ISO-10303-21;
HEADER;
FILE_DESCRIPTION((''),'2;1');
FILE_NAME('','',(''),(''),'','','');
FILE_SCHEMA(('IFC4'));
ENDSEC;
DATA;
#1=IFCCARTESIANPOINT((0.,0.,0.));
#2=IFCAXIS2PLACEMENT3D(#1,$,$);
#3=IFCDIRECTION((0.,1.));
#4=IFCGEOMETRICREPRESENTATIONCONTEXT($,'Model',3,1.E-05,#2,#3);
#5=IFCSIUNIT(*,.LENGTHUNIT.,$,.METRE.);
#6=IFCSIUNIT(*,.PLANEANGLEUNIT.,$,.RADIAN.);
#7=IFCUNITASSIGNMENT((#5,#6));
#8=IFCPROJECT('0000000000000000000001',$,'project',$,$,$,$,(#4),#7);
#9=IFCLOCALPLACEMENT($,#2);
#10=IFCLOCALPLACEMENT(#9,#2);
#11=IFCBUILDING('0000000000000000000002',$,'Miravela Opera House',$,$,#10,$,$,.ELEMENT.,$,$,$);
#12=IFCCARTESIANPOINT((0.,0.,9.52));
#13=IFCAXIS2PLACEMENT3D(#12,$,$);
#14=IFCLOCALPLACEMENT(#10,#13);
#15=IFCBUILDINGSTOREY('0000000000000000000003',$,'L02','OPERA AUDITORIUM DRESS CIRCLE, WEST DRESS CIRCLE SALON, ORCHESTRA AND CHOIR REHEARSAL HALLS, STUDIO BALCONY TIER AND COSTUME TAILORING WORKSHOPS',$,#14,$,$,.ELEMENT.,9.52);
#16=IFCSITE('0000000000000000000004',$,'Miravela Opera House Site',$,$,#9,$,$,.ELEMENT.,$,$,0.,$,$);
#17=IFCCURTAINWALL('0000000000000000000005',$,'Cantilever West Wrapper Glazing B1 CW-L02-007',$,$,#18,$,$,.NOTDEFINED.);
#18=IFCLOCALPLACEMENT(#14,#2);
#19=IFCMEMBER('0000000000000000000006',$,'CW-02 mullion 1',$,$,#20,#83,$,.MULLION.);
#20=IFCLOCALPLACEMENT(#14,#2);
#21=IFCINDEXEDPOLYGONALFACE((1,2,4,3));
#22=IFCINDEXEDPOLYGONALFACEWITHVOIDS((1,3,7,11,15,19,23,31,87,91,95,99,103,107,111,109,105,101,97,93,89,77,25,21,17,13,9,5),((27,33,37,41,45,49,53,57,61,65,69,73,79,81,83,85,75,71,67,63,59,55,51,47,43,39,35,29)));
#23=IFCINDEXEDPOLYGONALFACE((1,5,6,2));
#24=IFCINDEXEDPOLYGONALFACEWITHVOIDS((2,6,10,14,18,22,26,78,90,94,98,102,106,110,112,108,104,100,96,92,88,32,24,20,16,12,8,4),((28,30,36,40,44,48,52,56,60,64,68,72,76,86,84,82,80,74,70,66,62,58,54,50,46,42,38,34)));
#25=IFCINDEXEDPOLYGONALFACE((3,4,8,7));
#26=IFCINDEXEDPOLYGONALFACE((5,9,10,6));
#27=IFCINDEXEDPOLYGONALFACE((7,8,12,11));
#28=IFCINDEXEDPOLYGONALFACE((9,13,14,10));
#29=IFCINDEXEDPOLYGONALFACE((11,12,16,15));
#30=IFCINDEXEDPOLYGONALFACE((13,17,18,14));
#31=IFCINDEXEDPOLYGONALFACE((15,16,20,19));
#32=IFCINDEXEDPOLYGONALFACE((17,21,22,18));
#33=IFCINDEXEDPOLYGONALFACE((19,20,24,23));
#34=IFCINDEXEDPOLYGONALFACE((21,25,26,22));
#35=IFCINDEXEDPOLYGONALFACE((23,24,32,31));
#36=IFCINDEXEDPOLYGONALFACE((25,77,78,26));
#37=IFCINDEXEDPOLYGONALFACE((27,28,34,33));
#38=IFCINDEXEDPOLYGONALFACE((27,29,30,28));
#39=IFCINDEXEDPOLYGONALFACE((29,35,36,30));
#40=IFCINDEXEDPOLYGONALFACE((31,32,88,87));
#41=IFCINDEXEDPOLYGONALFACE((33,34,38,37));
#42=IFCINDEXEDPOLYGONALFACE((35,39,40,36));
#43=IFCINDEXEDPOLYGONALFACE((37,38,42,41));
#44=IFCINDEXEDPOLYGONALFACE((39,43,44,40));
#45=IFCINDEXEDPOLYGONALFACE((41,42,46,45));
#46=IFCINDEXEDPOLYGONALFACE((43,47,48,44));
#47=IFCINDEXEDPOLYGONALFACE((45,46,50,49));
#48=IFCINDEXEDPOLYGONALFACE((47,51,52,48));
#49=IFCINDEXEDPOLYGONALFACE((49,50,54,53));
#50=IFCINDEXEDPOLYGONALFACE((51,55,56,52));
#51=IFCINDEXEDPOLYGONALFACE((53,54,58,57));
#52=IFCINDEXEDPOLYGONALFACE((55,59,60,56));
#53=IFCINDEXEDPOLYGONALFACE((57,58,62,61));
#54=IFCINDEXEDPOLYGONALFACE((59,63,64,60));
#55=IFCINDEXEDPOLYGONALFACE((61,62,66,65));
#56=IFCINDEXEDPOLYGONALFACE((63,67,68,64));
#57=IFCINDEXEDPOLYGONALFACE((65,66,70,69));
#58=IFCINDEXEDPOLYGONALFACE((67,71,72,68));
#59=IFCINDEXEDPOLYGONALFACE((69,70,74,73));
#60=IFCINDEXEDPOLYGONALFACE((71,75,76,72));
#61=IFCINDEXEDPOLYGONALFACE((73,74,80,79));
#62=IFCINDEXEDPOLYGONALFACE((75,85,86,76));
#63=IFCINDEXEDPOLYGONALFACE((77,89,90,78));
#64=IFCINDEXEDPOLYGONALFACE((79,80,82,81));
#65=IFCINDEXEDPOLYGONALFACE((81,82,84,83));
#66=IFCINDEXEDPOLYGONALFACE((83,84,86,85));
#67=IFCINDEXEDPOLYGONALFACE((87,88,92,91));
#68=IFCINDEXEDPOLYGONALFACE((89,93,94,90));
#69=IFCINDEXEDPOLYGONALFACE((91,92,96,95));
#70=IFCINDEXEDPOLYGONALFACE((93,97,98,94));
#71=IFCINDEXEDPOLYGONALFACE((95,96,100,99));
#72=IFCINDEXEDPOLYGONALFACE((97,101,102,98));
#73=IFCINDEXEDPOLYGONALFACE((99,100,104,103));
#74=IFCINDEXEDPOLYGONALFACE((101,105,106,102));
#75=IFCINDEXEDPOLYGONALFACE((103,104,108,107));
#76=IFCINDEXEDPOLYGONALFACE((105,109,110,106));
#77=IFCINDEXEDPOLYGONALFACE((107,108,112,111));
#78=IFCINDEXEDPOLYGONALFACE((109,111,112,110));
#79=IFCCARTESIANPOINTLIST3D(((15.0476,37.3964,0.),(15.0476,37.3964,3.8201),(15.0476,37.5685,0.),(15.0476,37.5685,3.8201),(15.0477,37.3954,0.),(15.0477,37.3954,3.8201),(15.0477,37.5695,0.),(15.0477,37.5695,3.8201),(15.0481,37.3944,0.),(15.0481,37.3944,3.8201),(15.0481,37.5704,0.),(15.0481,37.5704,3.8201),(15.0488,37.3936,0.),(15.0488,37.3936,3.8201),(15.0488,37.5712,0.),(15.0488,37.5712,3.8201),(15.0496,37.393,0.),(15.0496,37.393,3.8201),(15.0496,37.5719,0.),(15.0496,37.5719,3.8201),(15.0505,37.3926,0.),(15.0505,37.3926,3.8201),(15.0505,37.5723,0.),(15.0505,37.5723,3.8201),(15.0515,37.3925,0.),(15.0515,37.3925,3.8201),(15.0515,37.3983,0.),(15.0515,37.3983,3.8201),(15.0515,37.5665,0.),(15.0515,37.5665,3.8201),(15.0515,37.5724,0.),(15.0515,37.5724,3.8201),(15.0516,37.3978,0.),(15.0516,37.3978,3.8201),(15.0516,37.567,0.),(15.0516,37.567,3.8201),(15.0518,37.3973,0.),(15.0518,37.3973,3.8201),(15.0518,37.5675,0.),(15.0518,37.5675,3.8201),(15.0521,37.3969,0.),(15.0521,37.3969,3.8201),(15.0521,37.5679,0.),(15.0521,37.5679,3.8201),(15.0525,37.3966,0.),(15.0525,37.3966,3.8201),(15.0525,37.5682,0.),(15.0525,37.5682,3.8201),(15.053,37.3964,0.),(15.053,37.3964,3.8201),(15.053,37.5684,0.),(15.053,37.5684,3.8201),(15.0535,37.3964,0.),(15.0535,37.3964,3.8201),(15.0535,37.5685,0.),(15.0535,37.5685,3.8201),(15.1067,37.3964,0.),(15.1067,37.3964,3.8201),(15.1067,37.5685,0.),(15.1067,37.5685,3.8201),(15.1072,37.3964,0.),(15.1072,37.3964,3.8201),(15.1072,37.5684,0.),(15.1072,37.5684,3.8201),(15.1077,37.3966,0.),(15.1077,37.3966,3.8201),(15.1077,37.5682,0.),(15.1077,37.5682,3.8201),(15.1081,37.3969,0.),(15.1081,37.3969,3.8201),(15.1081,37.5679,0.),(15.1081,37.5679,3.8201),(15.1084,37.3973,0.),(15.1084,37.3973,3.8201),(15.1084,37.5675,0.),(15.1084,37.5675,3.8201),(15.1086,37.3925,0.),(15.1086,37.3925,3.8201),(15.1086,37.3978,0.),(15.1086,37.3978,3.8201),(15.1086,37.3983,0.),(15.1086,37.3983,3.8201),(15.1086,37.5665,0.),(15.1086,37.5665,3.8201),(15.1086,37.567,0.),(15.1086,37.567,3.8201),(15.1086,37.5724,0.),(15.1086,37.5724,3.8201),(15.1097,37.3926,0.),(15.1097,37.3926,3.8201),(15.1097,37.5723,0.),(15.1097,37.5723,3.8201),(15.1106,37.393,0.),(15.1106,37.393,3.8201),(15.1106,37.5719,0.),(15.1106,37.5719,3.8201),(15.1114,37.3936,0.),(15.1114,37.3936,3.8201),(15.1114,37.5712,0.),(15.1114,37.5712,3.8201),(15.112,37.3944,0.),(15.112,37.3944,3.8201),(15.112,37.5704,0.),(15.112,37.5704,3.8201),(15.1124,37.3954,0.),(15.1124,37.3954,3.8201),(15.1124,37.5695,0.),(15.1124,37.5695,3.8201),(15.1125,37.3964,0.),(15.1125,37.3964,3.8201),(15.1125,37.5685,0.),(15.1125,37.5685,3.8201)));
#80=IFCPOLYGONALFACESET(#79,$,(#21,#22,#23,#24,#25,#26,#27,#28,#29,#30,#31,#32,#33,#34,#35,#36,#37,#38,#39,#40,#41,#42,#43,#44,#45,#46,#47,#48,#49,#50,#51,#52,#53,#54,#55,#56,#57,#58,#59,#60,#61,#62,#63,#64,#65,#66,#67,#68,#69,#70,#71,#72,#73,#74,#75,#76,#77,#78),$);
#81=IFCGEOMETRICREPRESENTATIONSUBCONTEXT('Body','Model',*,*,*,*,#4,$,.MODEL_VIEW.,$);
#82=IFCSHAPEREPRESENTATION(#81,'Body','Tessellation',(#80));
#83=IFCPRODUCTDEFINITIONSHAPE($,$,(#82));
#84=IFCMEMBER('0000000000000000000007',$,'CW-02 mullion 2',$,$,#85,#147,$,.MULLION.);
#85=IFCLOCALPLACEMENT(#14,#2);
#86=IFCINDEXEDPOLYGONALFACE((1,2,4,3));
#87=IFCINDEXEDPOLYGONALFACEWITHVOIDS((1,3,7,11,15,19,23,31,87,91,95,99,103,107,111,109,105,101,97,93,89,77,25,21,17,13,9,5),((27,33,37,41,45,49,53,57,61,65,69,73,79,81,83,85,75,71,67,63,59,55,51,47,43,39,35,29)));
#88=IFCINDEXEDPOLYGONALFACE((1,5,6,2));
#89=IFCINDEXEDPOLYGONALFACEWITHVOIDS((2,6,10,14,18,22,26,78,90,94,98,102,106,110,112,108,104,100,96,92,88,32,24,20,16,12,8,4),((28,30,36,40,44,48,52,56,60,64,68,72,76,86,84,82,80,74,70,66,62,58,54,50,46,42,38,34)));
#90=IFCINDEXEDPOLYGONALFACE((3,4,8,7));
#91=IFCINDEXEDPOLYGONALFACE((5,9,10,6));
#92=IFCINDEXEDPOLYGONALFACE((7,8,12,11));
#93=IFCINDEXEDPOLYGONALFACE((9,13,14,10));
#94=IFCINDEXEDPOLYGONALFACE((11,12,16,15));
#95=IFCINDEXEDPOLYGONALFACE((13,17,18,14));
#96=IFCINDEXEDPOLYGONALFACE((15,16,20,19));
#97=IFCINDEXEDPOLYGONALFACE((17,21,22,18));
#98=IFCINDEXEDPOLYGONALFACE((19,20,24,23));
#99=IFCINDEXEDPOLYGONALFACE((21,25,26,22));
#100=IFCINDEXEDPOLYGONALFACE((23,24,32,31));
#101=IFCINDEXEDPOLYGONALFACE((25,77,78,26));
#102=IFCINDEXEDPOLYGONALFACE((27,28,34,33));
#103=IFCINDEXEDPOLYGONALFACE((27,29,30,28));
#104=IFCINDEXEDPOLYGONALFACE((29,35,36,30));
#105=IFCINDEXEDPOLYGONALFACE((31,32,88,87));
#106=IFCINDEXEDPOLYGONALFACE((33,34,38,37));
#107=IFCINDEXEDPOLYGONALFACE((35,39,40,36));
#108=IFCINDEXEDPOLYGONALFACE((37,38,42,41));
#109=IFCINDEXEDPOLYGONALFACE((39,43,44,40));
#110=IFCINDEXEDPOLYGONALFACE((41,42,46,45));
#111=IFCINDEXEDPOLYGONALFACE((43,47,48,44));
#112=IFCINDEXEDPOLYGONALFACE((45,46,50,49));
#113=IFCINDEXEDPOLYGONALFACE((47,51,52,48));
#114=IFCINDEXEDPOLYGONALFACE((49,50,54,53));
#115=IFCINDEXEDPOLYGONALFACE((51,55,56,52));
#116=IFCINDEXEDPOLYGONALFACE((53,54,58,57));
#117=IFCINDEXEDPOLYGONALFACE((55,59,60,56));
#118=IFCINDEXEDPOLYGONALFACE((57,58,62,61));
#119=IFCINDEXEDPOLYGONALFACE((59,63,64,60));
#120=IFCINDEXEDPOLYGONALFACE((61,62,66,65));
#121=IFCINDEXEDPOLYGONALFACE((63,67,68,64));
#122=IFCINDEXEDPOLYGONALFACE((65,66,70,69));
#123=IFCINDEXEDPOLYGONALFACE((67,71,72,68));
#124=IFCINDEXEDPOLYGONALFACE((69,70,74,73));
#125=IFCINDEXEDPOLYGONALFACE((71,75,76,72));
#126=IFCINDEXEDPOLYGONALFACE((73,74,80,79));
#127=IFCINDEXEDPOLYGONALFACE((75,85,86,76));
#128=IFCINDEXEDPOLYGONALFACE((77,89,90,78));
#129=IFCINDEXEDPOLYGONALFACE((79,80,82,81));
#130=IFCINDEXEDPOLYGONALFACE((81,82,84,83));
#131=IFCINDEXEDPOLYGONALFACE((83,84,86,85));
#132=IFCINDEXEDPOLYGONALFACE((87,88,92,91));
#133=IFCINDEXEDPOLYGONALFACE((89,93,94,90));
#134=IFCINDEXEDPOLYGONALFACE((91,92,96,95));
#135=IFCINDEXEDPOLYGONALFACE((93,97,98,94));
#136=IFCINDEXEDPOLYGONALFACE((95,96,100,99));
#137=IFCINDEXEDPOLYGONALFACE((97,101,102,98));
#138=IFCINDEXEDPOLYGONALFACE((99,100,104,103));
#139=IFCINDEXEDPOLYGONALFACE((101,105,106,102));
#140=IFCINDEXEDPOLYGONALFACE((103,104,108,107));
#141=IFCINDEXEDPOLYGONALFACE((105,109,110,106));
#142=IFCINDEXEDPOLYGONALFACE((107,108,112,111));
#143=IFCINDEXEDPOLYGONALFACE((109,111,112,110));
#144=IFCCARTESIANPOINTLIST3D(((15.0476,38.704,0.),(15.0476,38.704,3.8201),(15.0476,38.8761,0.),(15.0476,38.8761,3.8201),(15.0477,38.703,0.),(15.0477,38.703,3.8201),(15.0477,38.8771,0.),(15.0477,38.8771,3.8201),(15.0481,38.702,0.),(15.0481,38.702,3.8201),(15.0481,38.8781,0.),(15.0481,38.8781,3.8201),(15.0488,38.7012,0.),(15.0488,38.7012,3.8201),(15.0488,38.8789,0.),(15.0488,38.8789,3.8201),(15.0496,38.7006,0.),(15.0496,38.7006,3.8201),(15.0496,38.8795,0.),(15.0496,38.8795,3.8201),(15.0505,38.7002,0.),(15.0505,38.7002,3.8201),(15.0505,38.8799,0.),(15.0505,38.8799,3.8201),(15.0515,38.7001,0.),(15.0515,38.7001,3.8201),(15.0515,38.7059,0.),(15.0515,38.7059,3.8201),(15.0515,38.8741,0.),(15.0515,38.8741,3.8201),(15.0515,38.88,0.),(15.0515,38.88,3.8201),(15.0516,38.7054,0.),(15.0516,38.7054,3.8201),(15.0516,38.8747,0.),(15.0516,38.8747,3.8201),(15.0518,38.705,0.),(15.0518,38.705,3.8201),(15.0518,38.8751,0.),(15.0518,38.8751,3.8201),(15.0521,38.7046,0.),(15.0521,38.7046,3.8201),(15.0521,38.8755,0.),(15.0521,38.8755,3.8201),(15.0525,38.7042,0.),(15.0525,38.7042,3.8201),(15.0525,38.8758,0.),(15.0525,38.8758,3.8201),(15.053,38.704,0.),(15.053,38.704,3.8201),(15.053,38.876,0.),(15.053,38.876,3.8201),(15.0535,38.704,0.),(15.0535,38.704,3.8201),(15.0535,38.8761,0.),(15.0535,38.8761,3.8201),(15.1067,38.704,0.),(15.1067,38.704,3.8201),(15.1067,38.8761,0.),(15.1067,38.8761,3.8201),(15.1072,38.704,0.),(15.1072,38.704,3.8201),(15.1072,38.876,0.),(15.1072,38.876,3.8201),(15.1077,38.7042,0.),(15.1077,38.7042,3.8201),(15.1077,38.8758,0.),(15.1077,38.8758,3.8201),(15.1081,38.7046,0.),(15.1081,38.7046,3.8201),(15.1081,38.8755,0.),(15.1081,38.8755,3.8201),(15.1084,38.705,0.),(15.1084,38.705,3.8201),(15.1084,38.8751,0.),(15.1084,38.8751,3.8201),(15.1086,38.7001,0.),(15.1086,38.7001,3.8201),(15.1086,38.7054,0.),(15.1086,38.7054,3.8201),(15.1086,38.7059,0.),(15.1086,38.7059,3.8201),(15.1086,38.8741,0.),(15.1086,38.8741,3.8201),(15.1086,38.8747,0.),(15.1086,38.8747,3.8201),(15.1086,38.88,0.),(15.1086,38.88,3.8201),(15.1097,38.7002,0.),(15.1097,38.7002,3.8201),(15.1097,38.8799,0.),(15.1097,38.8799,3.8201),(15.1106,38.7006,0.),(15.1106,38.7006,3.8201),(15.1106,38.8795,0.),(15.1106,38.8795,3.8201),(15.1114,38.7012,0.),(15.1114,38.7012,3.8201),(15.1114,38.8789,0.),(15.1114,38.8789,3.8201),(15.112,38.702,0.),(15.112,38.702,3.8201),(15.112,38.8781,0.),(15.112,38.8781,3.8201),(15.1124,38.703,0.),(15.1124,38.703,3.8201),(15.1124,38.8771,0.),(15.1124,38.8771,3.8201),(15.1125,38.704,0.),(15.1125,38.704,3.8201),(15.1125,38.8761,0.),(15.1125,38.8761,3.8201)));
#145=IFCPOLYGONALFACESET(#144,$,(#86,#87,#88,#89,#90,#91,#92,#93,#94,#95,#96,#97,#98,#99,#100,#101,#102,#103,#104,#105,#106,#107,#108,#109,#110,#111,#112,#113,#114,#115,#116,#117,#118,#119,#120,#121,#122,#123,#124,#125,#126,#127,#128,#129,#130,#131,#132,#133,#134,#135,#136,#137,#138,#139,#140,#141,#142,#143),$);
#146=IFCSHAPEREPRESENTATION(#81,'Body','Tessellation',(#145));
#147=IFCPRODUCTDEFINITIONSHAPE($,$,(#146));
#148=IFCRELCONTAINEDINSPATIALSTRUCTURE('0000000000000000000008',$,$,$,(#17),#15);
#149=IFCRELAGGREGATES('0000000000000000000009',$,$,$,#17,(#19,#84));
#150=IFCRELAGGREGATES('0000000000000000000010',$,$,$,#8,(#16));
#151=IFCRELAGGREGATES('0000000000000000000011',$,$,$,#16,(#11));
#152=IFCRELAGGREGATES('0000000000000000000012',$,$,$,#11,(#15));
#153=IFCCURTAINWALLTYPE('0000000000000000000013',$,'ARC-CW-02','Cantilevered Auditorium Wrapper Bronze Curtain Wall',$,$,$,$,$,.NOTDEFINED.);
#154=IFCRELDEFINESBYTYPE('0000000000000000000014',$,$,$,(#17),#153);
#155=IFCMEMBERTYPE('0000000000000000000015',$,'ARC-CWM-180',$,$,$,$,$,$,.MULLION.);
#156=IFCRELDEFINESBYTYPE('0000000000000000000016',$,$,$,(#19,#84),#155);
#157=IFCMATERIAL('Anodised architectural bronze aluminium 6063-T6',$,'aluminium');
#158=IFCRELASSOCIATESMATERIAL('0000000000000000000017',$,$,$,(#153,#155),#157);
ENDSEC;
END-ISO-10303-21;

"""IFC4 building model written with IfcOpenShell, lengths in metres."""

from ifc_helpers import new_model, si_unit, direction, frame, origin, origin_2d, place, context, subcontext, project, spatial, hollow_rectangle, extrude, material, material_profile, profile_set, type_object, element, aggregate, save


model = new_model("IFC4")

# Units and contexts
model_context = context("Model", 3, precision=1e-05, world=origin(), true_north=direction((0.0, 1.0)))
body_context = subcontext(model_context, "Body", "Model", "MODEL_VIEW")
ifc_project = project(units=[si_unit("LENGTHUNIT", "METRE"), si_unit("PLANEANGLEUNIT", "RADIAN")], contexts=[model_context])

# Site, building, storey
site_placement = place(None, origin())
site = spatial("IfcSite", under=ifc_project, at=site_placement, Name="Miravela Opera House Site", CompositionType="ELEMENT", RefElevation=0.0)
building_placement = place(site_placement, origin())
building = spatial("IfcBuilding", under=site, at=building_placement, Name="Miravela Opera House", CompositionType="ELEMENT")
storey_placement = place(building_placement, frame((0.0, 0.0, 9.52)))
storey = spatial("IfcBuildingStorey", under=building, at=storey_placement, Name="L02", Description="OPERA AUDITORIUM DRESS CIRCLE, WEST DRESS CIRCLE SALON, ORCHESTRA AND CHOIR REHEARSAL HALLS, STUDIO BALCONY TIER AND COSTUME TAILORING WORKSHOPS", CompositionType="ELEMENT", Elevation=9.52)

# Curtain wall, members
ifc_material_1 = material(Name="Anodised architectural bronze aluminium 6063-T6", Category="aluminium")
curtain_wall_type = type_object("IfcCurtainWallType", Name="ARC-CW-02", Description="Cantilevered Auditorium Wrapper Bronze Curtain Wall", PredefinedType="NOTDEFINED", material=ifc_material_1)
curtain_wall_placement = place(storey_placement, origin())
curtain_wall = element("IfcCurtainWall", 1, at=curtain_wall_placement, inside=storey, type_object=curtain_wall_type, Name="Cantilever West Wrapper Glazing B1 CW-L02-007", PredefinedType="NOTDEFINED")
ifc_material_profile_1 = material_profile(ifc_material_1, hollow_rectangle(XDim=0.0649, YDim=0.1799, WallThickness=0.0039, InnerFilletRadius=0.002, OuterFilletRadius=0.0039, at=origin_2d()), Name="CWM-65X180")
ifc_profile_set_1 = profile_set([ifc_material_profile_1])
member_type_1 = type_object("IfcMemberType", Name="ARC-CWM-180", PredefinedType="MULLION", material=ifc_profile_set_1)
member_1_placement = place(storey_placement, frame((15.0801, 37.4824, 0.0), z_axis=(0.0, 0.0, 1.0), x_axis=(-1.0, 0.0, 0.0)))
member_1 = element("IfcMember", 2, at=member_1_placement, type_object=member_type_1, Name="CW-02 mullion 1", PredefinedType="MULLION", context=body_context, shape_type="SweptSolid", body=[
    extrude(hollow_rectangle(XDim=0.0649, YDim=0.1799, WallThickness=0.0039, InnerFilletRadius=0.002, OuterFilletRadius=0.0039, at=origin_2d()), origin(), (0.0, 0.0, 1.0), 3.8201),
])
member_2_placement = place(storey_placement, frame((15.0801, 38.79, 0.0), z_axis=(0.0, 0.0, 1.0), x_axis=(-1.0, 0.0, 0.0)))
member_2 = element("IfcMember", 3, at=member_2_placement, type_object=member_type_1, Name="CW-02 mullion 2", PredefinedType="MULLION", context=body_context, shape_type="SweptSolid", body=[
    extrude(hollow_rectangle(XDim=0.0649, YDim=0.1799, WallThickness=0.0039, InnerFilletRadius=0.002, OuterFilletRadius=0.0039, at=origin_2d()), origin(), (0.0, 0.0, 1.0), 3.8201),
])

aggregate(curtain_wall, [member_1, member_2])

save(model, "model.ifc")
